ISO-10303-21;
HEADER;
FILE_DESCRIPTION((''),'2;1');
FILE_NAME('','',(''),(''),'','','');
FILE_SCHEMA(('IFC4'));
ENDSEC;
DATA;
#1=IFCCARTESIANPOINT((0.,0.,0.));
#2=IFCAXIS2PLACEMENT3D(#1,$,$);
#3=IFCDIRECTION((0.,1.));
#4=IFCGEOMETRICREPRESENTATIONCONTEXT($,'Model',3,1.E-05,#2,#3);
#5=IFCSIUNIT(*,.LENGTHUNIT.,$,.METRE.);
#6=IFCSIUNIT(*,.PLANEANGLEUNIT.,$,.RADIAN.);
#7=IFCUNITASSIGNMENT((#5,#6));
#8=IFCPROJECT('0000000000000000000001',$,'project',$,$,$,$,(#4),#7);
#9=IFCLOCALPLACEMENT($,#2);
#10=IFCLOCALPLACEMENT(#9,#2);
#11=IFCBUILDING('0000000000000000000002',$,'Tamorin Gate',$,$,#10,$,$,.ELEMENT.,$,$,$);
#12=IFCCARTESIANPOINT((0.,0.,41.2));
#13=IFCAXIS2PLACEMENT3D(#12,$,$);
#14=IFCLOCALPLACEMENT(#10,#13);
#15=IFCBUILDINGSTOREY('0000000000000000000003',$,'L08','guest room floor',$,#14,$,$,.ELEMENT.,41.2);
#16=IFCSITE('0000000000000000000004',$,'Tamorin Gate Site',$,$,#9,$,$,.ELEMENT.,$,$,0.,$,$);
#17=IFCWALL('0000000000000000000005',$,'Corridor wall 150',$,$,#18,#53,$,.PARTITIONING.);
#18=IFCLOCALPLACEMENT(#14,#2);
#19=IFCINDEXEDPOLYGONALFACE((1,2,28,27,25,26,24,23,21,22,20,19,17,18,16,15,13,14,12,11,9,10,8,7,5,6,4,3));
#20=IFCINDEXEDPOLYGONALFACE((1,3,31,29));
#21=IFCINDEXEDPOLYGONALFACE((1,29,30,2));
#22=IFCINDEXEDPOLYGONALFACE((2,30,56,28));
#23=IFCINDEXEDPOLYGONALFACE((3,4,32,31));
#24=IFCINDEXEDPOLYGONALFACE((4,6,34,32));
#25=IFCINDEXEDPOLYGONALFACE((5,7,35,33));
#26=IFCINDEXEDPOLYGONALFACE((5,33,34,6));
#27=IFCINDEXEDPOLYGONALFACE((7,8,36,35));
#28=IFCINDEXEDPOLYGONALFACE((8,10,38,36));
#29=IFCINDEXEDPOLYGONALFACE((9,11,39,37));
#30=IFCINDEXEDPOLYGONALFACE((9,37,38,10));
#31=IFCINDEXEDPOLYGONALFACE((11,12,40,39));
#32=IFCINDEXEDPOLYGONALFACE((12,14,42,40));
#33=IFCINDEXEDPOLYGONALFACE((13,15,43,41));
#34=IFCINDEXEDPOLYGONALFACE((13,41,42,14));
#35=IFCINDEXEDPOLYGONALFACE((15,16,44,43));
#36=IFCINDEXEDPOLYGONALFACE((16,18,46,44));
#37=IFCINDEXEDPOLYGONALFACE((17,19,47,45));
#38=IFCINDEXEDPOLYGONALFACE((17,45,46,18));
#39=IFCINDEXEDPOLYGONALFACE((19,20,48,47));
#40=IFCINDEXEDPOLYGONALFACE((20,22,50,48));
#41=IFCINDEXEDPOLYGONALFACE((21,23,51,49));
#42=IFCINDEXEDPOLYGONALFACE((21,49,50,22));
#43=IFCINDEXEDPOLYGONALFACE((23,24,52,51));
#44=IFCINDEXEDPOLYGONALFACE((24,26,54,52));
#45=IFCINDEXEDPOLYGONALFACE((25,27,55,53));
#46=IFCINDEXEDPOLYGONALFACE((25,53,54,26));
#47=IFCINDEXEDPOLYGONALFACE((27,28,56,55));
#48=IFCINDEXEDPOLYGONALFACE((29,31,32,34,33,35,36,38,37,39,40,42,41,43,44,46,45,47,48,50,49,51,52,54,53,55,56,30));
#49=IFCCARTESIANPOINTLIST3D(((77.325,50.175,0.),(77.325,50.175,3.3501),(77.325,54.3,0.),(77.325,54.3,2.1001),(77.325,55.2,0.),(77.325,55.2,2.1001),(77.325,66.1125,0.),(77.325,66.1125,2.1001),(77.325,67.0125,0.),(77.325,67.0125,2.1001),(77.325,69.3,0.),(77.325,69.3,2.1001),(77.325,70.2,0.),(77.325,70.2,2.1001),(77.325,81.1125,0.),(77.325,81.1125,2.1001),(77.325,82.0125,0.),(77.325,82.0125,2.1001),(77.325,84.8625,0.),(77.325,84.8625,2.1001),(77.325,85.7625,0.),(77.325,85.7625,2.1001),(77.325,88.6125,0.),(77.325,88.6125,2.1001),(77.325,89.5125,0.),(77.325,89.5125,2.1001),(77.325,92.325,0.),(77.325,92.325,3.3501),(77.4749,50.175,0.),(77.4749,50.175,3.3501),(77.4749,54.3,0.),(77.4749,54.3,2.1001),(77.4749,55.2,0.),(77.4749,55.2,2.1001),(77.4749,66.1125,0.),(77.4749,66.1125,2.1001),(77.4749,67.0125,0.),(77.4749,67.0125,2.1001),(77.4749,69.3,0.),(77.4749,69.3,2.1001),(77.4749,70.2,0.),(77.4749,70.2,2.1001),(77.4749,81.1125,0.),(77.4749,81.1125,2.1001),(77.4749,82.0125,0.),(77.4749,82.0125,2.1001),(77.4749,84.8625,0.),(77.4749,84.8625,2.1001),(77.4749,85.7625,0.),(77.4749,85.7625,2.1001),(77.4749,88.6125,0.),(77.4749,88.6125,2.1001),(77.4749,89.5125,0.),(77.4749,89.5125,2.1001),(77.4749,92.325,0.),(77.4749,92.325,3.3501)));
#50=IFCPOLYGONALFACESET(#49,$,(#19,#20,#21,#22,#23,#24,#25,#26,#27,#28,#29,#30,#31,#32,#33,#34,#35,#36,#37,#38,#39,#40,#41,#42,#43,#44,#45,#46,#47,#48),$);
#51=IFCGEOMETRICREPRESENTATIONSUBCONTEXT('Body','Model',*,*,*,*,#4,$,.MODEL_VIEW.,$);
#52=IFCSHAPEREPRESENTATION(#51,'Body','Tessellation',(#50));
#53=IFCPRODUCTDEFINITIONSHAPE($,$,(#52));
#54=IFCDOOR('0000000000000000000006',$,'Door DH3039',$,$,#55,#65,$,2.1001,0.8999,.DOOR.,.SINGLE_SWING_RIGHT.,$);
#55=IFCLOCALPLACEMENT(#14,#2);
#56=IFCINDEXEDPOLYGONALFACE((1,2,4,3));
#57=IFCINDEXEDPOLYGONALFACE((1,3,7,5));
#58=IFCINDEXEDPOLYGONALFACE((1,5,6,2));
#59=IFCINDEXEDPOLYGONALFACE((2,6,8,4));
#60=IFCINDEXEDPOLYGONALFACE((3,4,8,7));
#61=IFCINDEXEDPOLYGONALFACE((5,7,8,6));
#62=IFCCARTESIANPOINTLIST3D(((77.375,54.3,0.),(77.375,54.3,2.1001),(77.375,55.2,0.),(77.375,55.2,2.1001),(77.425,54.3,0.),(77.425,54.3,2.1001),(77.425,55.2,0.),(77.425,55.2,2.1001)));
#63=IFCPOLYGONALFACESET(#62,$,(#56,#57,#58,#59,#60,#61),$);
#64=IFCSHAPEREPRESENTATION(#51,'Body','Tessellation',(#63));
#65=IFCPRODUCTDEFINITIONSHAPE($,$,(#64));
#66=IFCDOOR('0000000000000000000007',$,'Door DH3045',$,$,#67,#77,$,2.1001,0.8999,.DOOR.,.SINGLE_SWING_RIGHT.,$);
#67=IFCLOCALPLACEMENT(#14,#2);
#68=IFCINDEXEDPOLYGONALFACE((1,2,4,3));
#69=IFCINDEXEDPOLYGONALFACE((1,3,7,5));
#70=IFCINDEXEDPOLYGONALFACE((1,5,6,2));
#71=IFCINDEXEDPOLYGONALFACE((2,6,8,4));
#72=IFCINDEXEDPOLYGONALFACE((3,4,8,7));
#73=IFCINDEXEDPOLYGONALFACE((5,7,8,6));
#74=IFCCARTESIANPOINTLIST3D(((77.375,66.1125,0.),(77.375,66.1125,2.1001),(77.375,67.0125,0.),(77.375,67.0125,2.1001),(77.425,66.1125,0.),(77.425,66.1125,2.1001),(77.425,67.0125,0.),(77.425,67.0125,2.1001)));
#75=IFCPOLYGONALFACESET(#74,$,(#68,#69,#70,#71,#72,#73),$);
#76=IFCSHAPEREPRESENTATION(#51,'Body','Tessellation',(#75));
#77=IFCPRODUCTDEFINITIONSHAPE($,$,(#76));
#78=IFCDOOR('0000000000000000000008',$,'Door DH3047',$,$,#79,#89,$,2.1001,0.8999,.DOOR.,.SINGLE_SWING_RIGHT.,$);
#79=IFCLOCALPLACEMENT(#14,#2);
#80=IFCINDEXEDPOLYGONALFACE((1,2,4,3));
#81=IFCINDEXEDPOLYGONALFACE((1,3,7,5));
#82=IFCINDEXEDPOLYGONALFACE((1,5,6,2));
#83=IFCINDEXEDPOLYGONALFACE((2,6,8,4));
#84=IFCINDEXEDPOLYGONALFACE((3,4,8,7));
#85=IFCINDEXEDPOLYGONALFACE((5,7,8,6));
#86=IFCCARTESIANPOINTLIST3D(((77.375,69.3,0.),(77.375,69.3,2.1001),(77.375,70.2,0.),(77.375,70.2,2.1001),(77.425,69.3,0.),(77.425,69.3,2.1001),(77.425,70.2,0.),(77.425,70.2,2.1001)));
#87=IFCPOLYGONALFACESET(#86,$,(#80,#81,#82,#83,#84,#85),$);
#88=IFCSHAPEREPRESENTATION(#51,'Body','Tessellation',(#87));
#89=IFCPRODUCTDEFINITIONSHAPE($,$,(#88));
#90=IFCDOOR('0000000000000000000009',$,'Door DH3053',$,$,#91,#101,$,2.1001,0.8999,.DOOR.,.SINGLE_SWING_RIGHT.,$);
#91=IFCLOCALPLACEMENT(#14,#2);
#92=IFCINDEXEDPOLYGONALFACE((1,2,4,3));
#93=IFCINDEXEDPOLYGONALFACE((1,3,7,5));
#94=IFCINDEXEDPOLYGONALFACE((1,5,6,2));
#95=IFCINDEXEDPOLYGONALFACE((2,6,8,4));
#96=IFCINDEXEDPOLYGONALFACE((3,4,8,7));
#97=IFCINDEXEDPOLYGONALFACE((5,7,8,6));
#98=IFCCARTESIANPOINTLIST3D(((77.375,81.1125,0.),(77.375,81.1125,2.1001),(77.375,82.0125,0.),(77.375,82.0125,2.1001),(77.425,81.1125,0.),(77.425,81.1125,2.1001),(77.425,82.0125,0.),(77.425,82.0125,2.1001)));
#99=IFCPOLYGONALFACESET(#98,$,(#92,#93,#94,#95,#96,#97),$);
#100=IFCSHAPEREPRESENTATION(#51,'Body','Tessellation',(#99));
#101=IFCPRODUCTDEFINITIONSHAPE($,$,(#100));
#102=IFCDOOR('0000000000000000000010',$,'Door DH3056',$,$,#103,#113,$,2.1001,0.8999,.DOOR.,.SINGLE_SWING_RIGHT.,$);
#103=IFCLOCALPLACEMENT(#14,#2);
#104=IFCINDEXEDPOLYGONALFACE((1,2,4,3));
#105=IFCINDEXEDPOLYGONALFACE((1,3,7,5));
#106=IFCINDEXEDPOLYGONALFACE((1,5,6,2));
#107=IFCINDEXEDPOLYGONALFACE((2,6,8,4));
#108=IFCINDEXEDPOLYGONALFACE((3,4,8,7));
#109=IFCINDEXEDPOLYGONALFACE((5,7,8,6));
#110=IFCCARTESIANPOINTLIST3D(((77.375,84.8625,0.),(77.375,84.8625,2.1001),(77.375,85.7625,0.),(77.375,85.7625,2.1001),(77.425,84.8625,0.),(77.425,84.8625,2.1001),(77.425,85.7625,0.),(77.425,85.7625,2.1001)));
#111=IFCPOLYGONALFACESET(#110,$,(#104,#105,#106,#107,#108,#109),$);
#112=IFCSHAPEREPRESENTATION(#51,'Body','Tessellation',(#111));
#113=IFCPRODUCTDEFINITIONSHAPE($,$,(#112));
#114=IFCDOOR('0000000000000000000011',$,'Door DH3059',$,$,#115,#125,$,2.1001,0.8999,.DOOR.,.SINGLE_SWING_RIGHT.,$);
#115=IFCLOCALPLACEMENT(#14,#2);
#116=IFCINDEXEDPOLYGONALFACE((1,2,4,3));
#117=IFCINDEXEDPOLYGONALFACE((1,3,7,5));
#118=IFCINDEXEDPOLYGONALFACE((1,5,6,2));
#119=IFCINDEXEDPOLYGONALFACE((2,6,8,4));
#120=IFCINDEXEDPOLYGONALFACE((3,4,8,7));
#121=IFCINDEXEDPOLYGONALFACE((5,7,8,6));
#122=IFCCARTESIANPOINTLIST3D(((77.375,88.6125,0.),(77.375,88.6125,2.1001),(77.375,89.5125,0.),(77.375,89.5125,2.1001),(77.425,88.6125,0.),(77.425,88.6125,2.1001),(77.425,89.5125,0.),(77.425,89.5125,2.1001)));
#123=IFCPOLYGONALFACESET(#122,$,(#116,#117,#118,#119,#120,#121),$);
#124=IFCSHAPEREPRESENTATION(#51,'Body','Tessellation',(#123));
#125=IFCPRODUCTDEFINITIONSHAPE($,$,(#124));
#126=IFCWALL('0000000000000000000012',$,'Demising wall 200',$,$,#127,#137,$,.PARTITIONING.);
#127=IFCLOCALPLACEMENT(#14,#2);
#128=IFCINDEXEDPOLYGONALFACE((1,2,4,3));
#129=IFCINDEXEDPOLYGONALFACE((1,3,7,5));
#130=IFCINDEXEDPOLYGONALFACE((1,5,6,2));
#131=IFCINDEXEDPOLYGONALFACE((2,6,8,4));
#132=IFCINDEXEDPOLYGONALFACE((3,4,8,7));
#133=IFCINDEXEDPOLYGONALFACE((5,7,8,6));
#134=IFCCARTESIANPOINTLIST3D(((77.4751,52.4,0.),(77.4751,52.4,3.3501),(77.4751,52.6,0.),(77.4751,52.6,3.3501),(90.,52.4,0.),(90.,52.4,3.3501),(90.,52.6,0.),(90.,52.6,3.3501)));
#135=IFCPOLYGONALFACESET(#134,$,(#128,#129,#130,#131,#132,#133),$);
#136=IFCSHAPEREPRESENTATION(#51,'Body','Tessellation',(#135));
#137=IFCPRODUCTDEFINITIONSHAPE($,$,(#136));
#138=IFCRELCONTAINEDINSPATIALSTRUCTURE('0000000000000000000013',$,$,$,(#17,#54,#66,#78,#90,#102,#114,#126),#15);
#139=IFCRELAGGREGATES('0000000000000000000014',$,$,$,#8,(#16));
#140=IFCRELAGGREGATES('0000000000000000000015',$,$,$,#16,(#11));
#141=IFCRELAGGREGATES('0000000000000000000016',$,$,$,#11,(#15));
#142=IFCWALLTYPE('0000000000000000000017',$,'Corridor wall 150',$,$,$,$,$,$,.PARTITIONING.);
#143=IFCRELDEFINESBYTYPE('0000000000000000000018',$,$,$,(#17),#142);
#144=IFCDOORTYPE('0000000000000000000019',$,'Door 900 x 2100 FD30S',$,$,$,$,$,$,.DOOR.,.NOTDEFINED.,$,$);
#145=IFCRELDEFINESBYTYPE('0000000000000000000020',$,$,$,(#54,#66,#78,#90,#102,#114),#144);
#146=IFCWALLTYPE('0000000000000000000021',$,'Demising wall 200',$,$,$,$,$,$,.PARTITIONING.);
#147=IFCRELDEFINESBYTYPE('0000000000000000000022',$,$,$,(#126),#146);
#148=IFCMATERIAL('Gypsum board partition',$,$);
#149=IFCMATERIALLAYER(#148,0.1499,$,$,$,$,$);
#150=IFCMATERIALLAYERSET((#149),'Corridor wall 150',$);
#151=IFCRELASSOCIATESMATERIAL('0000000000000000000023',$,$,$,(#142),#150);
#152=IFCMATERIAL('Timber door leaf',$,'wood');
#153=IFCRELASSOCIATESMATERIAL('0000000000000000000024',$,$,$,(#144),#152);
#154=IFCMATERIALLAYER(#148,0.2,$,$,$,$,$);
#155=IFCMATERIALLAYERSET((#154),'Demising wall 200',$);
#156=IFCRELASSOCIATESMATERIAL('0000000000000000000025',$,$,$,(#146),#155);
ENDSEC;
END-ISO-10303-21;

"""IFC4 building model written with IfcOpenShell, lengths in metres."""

from ifc_helpers import new_model, si_unit, direction, frame, frame_2d, origin, place, context, subcontext, project, spatial, rectangle, extrude, material, layer, layer_set, type_object, element, fill, save


model = new_model("IFC4")

# Units and contexts
model_context = context("Model", 3, precision=1e-05, world=origin(), true_north=direction((0.0, 1.0)))
body_context = subcontext(model_context, "Body", "Model", "MODEL_VIEW")
ifc_project = project(units=[si_unit("LENGTHUNIT", "METRE"), si_unit("PLANEANGLEUNIT", "RADIAN")], contexts=[model_context])

# Site, building, storey
site_placement = place(None, origin())
site = spatial("IfcSite", under=ifc_project, at=site_placement, Name="Tamorin Gate Site", CompositionType="ELEMENT", RefElevation=0.0)
building_placement = place(site_placement, origin())
building = spatial("IfcBuilding", under=site, at=building_placement, Name="Tamorin Gate", CompositionType="ELEMENT")
storey_placement = place(building_placement, frame((0.0, 0.0, 41.2)))
storey = spatial("IfcBuildingStorey", under=building, at=storey_placement, Name="L08", Description="guest room floor", CompositionType="ELEMENT", Elevation=41.2)

# Shared definitions
ifc_material_1 = material(Name="Gypsum board partition")
ifc_layer_1 = layer(ifc_material_1, 0.1499)
ifc_layer_set_1 = layer_set([ifc_layer_1], Name="Corridor wall 150")
wall_type_1 = type_object("IfcWallType", Name="Corridor wall 150", PredefinedType="PARTITIONING", material=ifc_layer_set_1)
ifc_material_2 = material(Name="Timber door leaf", Category="wood")
door_type_1 = type_object("IfcDoorType", Name="Door 900 x 2100 FD30S", OperationType="NOTDEFINED", PredefinedType="DOOR", material=ifc_material_2)

# Wall, openings, doors
wall_1_placement = place(storey_placement, frame((77.3999, 50.175, 0.0), z_axis=(0.0, 0.0, 1.0), x_axis=(0.0, 1.0, 0.0)))
wall_1 = element("IfcWall", 1, at=wall_1_placement, inside=storey, type_object=wall_type_1, Name="Corridor wall 150", PredefinedType="PARTITIONING", context=body_context, shape_type="SweptSolid", body=[
    extrude(rectangle(XDim=42.1499, YDim=0.1499, at=frame_2d((21.075, 0.0))), origin(), (0.0, 0.0, 1.0), 3.3501),
])
opening_1_placement = place(wall_1_placement, frame((4.125, 0.0, 0.0)))
opening_1 = element("IfcOpeningElement", 2, at=opening_1_placement, cuts=wall_1, PredefinedType="OPENING", context=body_context, shape_type="SweptSolid", body=[
    extrude(rectangle(XDim=0.8999, YDim=2.1001, at=frame_2d((0.45, 1.05))), frame((0.0, 0.085, 0.0), z_axis=(0.0, -1.0, 0.0), x_axis=(1.0, 0.0, 0.0)), (0.0, 0.0, 1.0), 0.1699),
])
opening_2_placement = place(wall_1_placement, frame((15.9375, 0.0, 0.0)))
opening_2 = element("IfcOpeningElement", 3, at=opening_2_placement, cuts=wall_1, PredefinedType="OPENING", context=body_context, shape_type="SweptSolid", body=[
    extrude(rectangle(XDim=0.8999, YDim=2.1001, at=frame_2d((0.45, 1.05))), frame((0.0, 0.085, 0.0), z_axis=(0.0, -1.0, 0.0), x_axis=(1.0, 0.0, 0.0)), (0.0, 0.0, 1.0), 0.1699),
])
opening_3_placement = place(wall_1_placement, frame((19.125, 0.0, 0.0)))
opening_3 = element("IfcOpeningElement", 4, at=opening_3_placement, cuts=wall_1, PredefinedType="OPENING", context=body_context, shape_type="SweptSolid", body=[
    extrude(rectangle(XDim=0.8999, YDim=2.1001, at=frame_2d((0.45, 1.05))), frame((0.0, 0.085, 0.0), z_axis=(0.0, -1.0, 0.0), x_axis=(1.0, 0.0, 0.0)), (0.0, 0.0, 1.0), 0.1699),
])
opening_4_placement = place(wall_1_placement, frame((30.9375, 0.0, 0.0)))
opening_4 = element("IfcOpeningElement", 5, at=opening_4_placement, cuts=wall_1, PredefinedType="OPENING", context=body_context, shape_type="SweptSolid", body=[
    extrude(rectangle(XDim=0.8999, YDim=2.1001, at=frame_2d((0.45, 1.05))), frame((0.0, 0.085, 0.0), z_axis=(0.0, -1.0, 0.0), x_axis=(1.0, 0.0, 0.0)), (0.0, 0.0, 1.0), 0.1699),
])
opening_5_placement = place(wall_1_placement, frame((34.6875, 0.0, 0.0)))
opening_5 = element("IfcOpeningElement", 6, at=opening_5_placement, cuts=wall_1, PredefinedType="OPENING", context=body_context, shape_type="SweptSolid", body=[
    extrude(rectangle(XDim=0.8999, YDim=2.1001, at=frame_2d((0.45, 1.05))), frame((0.0, 0.085, 0.0), z_axis=(0.0, -1.0, 0.0), x_axis=(1.0, 0.0, 0.0)), (0.0, 0.0, 1.0), 0.1699),
])
opening_6_placement = place(wall_1_placement, frame((38.4375, 0.0, 0.0)))
opening_6 = element("IfcOpeningElement", 7, at=opening_6_placement, cuts=wall_1, PredefinedType="OPENING", context=body_context, shape_type="SweptSolid", body=[
    extrude(rectangle(XDim=0.8999, YDim=2.1001, at=frame_2d((0.45, 1.05))), frame((0.0, 0.085, 0.0), z_axis=(0.0, -1.0, 0.0), x_axis=(1.0, 0.0, 0.0)), (0.0, 0.0, 1.0), 0.1699),
])
door_1_placement = place(opening_1_placement, origin())
door_1 = element("IfcDoor", 8, at=door_1_placement, inside=storey, type_object=door_type_1, Name="Door DH3039", OperationType="SINGLE_SWING_RIGHT", OverallHeight=2.1001, OverallWidth=0.8999, PredefinedType="DOOR", context=body_context, shape_type="SweptSolid", body=[
    extrude(rectangle(XDim=0.8999, YDim=2.1001, at=frame_2d((0.45, 1.05))), frame((0.0, 0.0249, 0.0), z_axis=(0.0, -1.0, 0.0), x_axis=(1.0, 0.0, 0.0)), (0.0, 0.0, 1.0), 0.05),
])
fill(opening_1, door_1)
door_2_placement = place(opening_2_placement, origin())
door_2 = element("IfcDoor", 9, at=door_2_placement, inside=storey, type_object=door_type_1, Name="Door DH3045", OperationType="SINGLE_SWING_RIGHT", OverallHeight=2.1001, OverallWidth=0.8999, PredefinedType="DOOR", context=body_context, shape_type="SweptSolid", body=[
    extrude(rectangle(XDim=0.8999, YDim=2.1001, at=frame_2d((0.45, 1.05))), frame((0.0, 0.0249, 0.0), z_axis=(0.0, -1.0, 0.0), x_axis=(1.0, 0.0, 0.0)), (0.0, 0.0, 1.0), 0.05),
])
fill(opening_2, door_2)
door_3_placement = place(opening_3_placement, origin())
door_3 = element("IfcDoor", 10, at=door_3_placement, inside=storey, type_object=door_type_1, Name="Door DH3047", OperationType="SINGLE_SWING_RIGHT", OverallHeight=2.1001, OverallWidth=0.8999, PredefinedType="DOOR", context=body_context, shape_type="SweptSolid", body=[
    extrude(rectangle(XDim=0.8999, YDim=2.1001, at=frame_2d((0.45, 1.05))), frame((0.0, 0.0249, 0.0), z_axis=(0.0, -1.0, 0.0), x_axis=(1.0, 0.0, 0.0)), (0.0, 0.0, 1.0), 0.05),
])
fill(opening_3, door_3)
door_4_placement = place(opening_4_placement, origin())
door_4 = element("IfcDoor", 11, at=door_4_placement, inside=storey, type_object=door_type_1, Name="Door DH3053", OperationType="SINGLE_SWING_RIGHT", OverallHeight=2.1001, OverallWidth=0.8999, PredefinedType="DOOR", context=body_context, shape_type="SweptSolid", body=[
    extrude(rectangle(XDim=0.8999, YDim=2.1001, at=frame_2d((0.45, 1.05))), frame((0.0, 0.0249, 0.0), z_axis=(0.0, -1.0, 0.0), x_axis=(1.0, 0.0, 0.0)), (0.0, 0.0, 1.0), 0.05),
])
fill(opening_4, door_4)
door_5_placement = place(opening_5_placement, origin())
door_5 = element("IfcDoor", 12, at=door_5_placement, inside=storey, type_object=door_type_1, Name="Door DH3056", OperationType="SINGLE_SWING_RIGHT", OverallHeight=2.1001, OverallWidth=0.8999, PredefinedType="DOOR", context=body_context, shape_type="SweptSolid", body=[
    extrude(rectangle(XDim=0.8999, YDim=2.1001, at=frame_2d((0.45, 1.05))), frame((0.0, 0.0249, 0.0), z_axis=(0.0, -1.0, 0.0), x_axis=(1.0, 0.0, 0.0)), (0.0, 0.0, 1.0), 0.05),
])
fill(opening_5, door_5)
door_6_placement = place(opening_6_placement, origin())
door_6 = element("IfcDoor", 13, at=door_6_placement, inside=storey, type_object=door_type_1, Name="Door DH3059", OperationType="SINGLE_SWING_RIGHT", OverallHeight=2.1001, OverallWidth=0.8999, PredefinedType="DOOR", context=body_context, shape_type="SweptSolid", body=[
    extrude(rectangle(XDim=0.8999, YDim=2.1001, at=frame_2d((0.45, 1.05))), frame((0.0, 0.0249, 0.0), z_axis=(0.0, -1.0, 0.0), x_axis=(1.0, 0.0, 0.0)), (0.0, 0.0, 1.0), 0.05),
])
fill(opening_6, door_6)

# Wall
ifc_layer_2 = layer(ifc_material_1, 0.2)
ifc_layer_set_2 = layer_set([ifc_layer_2], Name="Demising wall 200")
wall_type_2 = type_object("IfcWallType", Name="Demising wall 200", PredefinedType="PARTITIONING", material=ifc_layer_set_2)
wall_2_placement = place(storey_placement, frame((77.4751, 52.5, 0.0), z_axis=(0.0, 0.0, 1.0), x_axis=(1.0, 0.0, 0.0)))
element("IfcWall", 14, at=wall_2_placement, inside=storey, type_object=wall_type_2, Name="Demising wall 200", PredefinedType="PARTITIONING", context=body_context, shape_type="SweptSolid", body=[
    extrude(rectangle(XDim=12.5249, YDim=0.2, at=frame_2d((6.2625, 0.0))), origin(), (0.0, 0.0, 1.0), 3.3501),
])

save(model, "model.ifc")
